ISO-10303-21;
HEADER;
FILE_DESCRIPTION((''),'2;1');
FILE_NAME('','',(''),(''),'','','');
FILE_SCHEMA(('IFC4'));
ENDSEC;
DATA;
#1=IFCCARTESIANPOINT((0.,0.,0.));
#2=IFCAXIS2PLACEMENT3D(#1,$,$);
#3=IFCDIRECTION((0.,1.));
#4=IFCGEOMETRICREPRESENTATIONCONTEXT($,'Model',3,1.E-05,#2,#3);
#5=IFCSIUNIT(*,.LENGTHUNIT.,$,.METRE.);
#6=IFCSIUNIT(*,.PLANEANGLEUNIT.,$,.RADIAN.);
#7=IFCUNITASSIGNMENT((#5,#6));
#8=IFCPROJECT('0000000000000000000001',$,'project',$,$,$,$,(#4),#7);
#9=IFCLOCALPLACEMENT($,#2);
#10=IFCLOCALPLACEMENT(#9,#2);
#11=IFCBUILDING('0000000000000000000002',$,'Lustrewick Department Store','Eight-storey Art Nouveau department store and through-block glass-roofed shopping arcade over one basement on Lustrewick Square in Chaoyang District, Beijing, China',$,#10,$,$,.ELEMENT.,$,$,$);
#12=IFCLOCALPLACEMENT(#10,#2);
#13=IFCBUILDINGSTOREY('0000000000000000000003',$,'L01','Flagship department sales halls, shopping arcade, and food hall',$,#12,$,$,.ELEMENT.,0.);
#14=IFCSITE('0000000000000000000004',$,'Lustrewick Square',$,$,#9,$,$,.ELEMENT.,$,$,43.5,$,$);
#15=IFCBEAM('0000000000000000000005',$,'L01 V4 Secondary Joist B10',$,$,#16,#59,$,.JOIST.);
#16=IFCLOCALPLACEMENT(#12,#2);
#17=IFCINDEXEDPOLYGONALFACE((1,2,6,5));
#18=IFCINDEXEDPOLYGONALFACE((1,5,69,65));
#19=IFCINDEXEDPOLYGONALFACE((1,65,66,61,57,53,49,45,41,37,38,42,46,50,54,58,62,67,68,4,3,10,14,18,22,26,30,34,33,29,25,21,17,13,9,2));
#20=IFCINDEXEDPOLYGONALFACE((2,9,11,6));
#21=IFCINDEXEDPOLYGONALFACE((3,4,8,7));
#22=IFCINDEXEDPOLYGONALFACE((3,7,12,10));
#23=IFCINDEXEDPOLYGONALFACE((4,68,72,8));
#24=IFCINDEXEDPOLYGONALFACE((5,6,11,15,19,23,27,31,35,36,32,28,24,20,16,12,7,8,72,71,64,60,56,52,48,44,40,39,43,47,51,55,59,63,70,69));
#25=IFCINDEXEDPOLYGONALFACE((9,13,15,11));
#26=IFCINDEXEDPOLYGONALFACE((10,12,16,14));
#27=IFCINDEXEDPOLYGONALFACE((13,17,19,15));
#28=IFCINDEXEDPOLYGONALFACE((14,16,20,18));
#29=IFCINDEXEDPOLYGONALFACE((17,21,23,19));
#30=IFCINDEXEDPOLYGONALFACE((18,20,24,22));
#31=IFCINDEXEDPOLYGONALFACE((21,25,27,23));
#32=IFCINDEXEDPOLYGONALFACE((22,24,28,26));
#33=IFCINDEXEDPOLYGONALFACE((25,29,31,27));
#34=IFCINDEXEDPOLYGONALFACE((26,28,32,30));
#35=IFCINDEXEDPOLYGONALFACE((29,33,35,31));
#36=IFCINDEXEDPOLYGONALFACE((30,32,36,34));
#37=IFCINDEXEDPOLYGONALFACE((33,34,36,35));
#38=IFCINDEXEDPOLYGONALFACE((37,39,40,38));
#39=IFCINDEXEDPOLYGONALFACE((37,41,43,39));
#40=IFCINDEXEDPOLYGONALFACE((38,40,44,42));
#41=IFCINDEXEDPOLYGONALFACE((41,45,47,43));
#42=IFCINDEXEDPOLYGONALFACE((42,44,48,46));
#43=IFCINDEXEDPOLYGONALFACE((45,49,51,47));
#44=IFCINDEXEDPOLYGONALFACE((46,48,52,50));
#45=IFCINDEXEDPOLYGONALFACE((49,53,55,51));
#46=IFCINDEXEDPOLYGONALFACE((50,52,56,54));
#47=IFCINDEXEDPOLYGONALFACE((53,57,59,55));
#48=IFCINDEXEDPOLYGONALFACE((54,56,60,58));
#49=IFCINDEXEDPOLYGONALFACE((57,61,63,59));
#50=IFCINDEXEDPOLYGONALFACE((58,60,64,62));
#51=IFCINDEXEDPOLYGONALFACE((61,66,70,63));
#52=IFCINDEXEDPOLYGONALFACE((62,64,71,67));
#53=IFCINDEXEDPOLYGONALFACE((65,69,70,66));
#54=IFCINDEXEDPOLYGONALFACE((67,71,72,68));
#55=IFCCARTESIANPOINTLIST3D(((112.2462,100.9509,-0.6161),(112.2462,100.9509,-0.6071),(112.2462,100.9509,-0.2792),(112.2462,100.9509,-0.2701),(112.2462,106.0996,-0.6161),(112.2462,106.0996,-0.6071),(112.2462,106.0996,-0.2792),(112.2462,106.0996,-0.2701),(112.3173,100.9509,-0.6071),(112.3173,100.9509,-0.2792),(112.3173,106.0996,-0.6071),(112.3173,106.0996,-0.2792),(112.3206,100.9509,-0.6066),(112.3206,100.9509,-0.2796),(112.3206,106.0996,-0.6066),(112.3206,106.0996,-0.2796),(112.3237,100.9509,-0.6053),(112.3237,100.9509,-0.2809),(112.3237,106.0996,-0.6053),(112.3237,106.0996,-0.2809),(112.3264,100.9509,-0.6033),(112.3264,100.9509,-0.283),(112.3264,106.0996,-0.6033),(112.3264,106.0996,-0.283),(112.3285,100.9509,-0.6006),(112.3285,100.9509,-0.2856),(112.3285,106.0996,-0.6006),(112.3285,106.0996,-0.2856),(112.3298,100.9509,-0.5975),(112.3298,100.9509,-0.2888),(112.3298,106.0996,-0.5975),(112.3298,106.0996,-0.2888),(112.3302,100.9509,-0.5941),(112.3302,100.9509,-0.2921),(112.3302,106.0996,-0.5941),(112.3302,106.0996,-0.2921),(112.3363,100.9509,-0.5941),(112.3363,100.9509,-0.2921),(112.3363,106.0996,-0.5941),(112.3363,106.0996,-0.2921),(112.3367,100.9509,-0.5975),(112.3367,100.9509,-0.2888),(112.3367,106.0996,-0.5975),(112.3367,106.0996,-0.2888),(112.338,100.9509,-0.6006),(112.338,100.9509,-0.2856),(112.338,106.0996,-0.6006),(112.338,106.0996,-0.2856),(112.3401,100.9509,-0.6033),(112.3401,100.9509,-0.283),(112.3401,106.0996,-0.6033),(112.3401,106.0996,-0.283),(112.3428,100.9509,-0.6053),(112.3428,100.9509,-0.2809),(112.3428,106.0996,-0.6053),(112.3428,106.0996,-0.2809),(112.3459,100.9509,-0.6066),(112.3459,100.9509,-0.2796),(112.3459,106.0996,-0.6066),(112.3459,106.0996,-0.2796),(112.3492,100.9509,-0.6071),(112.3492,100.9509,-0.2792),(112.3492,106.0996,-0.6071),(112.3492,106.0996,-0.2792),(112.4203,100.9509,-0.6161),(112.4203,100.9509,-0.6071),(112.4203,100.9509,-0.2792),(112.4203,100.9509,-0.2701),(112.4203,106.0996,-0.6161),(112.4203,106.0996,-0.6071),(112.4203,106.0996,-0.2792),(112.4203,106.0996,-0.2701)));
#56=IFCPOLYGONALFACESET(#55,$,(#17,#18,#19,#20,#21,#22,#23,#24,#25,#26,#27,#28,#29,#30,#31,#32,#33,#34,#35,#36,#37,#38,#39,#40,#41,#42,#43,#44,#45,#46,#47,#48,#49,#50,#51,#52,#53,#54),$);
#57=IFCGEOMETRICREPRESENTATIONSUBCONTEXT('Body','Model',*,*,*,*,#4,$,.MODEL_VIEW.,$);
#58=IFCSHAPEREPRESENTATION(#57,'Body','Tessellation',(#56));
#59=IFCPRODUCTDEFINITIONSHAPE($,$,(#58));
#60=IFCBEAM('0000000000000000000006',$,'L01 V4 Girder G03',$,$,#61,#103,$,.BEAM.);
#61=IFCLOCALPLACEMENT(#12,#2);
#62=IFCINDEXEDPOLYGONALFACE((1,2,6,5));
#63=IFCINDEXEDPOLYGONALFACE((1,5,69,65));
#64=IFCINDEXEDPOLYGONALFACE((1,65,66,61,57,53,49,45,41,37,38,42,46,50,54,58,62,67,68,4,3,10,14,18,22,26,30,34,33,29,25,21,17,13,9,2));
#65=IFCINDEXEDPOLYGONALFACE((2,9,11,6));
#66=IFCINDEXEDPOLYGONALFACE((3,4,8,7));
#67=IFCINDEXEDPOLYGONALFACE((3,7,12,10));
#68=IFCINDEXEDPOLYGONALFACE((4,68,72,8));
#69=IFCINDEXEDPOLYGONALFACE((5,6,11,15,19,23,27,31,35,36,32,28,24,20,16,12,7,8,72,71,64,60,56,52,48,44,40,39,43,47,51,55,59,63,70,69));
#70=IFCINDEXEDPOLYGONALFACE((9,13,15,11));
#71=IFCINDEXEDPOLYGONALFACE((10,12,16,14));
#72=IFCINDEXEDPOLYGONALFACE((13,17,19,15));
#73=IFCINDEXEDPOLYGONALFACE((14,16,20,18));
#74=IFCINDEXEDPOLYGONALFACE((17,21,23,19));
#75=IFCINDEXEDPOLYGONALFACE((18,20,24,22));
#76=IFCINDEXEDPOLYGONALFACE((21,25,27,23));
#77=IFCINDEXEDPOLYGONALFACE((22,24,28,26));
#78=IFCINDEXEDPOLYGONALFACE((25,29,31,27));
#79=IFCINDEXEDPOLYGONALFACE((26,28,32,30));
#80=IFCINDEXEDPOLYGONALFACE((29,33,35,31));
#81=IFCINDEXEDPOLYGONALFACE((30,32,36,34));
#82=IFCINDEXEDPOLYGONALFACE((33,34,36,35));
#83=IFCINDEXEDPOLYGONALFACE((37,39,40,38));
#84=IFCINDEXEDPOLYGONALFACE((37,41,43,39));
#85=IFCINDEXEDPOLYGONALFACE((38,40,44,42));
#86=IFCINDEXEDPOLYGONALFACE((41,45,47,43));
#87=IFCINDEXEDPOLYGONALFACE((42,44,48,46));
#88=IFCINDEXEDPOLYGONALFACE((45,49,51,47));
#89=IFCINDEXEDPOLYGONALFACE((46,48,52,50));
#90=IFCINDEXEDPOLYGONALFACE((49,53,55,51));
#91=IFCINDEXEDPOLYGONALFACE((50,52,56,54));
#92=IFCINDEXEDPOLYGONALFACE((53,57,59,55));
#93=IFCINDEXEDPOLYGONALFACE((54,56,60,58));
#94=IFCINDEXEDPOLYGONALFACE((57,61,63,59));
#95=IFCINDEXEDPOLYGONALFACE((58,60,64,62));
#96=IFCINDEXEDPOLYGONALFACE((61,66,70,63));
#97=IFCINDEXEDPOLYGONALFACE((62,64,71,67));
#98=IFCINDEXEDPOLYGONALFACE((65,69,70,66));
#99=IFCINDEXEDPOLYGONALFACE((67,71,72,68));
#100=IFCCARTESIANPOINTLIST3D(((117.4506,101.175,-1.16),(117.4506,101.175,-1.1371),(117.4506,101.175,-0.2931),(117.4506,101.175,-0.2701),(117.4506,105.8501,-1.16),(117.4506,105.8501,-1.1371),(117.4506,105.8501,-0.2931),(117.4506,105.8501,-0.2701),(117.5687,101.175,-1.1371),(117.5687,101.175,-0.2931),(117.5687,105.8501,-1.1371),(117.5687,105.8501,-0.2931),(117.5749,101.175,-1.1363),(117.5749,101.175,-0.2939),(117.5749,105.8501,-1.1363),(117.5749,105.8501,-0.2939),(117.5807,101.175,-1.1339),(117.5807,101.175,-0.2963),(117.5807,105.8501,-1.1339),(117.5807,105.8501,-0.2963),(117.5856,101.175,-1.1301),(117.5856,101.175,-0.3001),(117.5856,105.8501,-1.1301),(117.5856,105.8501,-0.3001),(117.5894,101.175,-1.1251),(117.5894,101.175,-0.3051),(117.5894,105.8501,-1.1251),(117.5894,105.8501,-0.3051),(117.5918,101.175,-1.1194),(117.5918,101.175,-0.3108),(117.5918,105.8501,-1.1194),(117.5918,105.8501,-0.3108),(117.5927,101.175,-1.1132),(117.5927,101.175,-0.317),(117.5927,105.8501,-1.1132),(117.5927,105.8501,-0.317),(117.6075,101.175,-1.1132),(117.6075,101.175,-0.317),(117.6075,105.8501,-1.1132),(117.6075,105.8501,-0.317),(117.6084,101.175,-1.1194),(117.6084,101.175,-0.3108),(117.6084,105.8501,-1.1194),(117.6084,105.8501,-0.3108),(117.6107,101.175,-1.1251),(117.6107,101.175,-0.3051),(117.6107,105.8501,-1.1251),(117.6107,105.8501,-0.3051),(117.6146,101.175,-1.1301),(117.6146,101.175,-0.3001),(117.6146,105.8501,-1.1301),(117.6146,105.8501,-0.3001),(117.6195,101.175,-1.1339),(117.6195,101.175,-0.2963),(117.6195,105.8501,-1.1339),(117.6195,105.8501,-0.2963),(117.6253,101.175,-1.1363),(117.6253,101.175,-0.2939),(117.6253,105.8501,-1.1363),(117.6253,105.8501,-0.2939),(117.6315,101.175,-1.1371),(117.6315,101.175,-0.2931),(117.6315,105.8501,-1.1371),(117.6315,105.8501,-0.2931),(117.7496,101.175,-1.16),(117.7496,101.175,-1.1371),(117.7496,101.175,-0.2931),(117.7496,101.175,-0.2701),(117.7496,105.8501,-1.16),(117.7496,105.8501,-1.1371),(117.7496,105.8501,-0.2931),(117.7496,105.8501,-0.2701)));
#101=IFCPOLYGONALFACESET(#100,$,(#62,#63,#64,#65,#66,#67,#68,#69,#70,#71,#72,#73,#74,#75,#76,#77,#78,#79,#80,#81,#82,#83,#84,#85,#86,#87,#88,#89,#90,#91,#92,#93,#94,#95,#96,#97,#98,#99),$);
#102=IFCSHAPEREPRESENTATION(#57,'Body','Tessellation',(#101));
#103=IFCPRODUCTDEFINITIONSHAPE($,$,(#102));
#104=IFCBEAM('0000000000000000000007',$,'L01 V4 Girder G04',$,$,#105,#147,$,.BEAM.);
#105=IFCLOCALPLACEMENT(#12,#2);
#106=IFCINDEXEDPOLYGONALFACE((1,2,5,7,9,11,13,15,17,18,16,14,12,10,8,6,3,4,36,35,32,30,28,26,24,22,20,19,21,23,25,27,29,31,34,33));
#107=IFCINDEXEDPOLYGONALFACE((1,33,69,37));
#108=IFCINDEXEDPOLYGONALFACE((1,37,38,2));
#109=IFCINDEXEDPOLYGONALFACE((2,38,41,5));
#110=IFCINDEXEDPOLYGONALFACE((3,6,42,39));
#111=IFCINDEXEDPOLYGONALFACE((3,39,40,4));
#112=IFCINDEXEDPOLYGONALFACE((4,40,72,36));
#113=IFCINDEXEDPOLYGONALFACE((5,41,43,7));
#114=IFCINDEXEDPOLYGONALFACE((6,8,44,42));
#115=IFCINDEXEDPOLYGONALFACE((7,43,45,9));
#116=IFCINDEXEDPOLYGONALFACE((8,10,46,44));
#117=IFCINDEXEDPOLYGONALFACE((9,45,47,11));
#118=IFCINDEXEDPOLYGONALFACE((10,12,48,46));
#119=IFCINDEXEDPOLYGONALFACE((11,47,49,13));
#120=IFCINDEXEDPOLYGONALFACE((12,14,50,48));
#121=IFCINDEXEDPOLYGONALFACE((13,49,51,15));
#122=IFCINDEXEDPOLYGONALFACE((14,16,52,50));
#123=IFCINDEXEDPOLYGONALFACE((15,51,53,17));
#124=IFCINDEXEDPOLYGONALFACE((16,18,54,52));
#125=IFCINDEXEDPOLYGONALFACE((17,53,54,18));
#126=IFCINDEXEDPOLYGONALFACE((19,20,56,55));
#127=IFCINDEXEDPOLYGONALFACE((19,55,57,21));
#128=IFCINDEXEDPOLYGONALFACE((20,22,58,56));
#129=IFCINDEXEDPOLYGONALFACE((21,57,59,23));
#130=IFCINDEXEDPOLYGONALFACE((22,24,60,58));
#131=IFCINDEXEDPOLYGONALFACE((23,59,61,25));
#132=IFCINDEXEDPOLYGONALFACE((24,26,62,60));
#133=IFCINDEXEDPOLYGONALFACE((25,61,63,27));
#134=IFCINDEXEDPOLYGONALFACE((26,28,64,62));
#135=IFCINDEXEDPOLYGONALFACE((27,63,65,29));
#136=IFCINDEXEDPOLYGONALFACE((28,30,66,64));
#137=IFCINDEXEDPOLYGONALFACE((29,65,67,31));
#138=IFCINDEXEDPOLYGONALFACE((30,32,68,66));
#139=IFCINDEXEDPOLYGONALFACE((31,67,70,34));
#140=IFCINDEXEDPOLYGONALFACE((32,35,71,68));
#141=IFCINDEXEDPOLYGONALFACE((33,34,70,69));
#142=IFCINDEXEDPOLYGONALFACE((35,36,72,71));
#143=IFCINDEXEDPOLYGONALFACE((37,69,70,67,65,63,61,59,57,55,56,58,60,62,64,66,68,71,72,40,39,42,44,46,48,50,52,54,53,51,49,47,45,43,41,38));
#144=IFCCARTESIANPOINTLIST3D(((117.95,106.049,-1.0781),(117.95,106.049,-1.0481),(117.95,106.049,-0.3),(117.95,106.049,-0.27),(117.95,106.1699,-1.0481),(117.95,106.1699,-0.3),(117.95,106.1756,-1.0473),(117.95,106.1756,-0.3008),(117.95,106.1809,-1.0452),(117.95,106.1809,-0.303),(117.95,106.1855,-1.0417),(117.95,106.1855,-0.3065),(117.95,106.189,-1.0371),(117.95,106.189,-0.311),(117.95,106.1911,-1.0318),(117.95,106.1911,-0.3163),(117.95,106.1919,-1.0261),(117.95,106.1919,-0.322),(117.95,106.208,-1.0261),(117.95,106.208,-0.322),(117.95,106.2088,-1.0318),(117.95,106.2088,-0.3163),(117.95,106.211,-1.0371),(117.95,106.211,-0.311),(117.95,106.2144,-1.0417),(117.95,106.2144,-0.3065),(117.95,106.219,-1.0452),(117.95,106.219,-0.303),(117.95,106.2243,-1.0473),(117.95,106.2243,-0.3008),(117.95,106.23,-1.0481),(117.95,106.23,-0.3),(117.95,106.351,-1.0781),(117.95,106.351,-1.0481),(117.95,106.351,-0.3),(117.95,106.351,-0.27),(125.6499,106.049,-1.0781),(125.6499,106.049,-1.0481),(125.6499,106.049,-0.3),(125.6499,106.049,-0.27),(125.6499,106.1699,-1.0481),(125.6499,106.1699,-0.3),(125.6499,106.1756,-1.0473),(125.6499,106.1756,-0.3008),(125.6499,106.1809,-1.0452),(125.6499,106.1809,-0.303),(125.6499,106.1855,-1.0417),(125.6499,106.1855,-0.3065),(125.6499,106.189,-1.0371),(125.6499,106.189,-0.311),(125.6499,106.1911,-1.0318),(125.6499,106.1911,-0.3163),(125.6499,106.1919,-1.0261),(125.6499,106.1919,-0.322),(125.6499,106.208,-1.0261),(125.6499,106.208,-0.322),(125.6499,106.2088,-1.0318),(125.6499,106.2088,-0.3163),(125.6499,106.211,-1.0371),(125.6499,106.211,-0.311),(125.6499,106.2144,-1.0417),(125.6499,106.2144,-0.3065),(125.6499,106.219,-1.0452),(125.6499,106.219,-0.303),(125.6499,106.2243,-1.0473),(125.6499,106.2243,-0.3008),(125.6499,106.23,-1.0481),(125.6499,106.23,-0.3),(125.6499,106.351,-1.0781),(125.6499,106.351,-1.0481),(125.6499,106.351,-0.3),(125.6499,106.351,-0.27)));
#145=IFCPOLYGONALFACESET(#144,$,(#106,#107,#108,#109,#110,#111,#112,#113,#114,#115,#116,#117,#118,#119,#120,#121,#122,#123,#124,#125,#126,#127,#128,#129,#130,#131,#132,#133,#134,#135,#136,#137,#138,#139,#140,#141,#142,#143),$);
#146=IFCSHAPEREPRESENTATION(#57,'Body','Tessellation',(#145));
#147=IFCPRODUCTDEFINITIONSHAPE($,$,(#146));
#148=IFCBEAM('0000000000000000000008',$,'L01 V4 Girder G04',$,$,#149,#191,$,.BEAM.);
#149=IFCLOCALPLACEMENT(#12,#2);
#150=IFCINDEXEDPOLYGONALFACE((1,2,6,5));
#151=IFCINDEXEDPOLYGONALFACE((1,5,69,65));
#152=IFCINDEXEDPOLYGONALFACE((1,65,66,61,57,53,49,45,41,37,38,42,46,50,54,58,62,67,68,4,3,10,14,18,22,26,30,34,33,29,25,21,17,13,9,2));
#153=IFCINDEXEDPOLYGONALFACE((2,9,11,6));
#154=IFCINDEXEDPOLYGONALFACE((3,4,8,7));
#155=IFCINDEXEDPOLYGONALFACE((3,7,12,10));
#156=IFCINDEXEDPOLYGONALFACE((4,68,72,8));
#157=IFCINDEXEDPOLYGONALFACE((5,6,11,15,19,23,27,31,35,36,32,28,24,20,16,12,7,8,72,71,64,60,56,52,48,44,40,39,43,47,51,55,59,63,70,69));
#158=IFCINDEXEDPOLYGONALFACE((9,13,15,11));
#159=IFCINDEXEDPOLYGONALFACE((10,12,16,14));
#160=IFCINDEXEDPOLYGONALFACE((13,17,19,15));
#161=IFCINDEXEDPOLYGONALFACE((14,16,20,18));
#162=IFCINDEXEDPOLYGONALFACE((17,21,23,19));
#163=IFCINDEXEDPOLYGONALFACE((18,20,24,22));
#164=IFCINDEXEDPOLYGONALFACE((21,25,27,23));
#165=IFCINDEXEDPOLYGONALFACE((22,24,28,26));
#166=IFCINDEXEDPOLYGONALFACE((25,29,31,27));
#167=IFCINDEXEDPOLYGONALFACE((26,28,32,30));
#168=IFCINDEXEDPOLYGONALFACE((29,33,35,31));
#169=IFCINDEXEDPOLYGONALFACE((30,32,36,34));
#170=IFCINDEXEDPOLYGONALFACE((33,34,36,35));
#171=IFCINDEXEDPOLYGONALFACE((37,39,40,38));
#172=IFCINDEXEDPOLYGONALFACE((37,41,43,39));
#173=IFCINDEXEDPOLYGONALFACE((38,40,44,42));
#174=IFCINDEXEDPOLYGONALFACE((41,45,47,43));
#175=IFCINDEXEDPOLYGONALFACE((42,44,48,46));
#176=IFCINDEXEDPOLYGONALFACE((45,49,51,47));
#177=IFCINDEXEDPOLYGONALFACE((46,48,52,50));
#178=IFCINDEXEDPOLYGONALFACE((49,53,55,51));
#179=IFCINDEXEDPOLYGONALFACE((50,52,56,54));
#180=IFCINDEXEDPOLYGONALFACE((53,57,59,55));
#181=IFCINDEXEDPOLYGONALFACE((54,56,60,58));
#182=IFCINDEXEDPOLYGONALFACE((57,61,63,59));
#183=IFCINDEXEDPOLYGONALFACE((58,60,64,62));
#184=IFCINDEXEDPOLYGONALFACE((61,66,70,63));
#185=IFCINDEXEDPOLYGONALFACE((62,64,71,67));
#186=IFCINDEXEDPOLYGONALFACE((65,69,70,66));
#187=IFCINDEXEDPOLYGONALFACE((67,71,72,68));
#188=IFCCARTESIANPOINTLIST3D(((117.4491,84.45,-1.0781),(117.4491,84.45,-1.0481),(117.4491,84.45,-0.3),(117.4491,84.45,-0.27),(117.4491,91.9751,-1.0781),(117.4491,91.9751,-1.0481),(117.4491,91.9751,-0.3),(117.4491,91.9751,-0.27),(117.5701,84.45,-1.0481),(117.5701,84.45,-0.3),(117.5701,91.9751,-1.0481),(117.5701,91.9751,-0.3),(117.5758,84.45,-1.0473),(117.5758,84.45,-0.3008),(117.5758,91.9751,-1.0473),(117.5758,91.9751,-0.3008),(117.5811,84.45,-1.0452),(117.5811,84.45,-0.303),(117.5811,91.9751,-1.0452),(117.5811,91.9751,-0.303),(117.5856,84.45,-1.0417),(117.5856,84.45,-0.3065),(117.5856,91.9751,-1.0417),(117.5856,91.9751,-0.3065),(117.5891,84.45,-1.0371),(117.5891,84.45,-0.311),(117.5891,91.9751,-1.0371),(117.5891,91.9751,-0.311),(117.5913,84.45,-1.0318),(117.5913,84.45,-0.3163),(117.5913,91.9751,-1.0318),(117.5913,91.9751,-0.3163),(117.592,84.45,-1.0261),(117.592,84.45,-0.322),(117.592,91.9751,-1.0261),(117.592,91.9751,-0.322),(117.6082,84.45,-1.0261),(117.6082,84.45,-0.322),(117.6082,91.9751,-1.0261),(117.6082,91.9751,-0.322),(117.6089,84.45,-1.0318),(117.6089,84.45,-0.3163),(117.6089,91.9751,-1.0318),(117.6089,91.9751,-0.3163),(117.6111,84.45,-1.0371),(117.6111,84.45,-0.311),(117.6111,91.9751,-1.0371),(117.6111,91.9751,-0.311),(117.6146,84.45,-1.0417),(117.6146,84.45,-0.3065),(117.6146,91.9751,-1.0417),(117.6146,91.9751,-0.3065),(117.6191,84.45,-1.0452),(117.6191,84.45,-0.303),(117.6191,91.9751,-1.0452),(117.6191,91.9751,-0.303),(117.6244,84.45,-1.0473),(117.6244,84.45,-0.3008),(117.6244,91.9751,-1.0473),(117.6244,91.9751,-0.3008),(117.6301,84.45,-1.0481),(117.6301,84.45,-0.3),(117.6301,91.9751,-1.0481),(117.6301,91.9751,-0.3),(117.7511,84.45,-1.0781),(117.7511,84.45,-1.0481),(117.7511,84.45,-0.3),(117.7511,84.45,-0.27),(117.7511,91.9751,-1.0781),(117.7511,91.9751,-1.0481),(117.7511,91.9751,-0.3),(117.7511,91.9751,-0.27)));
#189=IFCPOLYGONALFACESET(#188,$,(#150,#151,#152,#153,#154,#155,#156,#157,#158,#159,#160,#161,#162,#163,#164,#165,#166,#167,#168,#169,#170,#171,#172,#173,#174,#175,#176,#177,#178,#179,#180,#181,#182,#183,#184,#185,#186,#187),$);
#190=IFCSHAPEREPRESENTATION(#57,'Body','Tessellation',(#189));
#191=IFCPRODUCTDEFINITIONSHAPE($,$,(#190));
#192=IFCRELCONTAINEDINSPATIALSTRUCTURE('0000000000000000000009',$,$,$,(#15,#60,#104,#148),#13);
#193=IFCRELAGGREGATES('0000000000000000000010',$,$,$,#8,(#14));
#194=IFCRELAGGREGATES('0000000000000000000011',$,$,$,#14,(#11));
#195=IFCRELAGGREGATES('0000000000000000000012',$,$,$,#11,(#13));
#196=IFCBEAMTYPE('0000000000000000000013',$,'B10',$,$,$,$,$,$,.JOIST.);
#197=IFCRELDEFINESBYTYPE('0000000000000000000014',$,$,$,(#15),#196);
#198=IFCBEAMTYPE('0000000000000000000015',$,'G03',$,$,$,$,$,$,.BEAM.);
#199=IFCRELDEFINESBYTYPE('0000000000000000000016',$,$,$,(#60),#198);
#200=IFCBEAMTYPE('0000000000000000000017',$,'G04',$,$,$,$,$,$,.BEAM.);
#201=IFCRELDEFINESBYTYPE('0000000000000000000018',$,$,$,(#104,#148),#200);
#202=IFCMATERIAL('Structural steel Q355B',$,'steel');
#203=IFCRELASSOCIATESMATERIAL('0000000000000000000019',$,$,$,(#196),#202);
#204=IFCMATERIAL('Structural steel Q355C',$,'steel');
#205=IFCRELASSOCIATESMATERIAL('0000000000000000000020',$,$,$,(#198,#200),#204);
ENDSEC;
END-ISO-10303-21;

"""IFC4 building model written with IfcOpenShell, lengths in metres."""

from ifc_helpers import new_model, si_unit, direction, frame, origin, origin_2d, place, context, subcontext, project, spatial, i_section, extrude, material, material_profile, profile_set, type_object, element, save


model = new_model("IFC4")

# Units and contexts
model_context = context("Model", 3, precision=1e-05, world=origin(), true_north=direction((0.0, 1.0)))
body_context = subcontext(model_context, "Body", "Model", "MODEL_VIEW")
ifc_project = project(units=[si_unit("LENGTHUNIT", "METRE"), si_unit("PLANEANGLEUNIT", "RADIAN")], contexts=[model_context])

# Site, building, storey
site_placement = place(None, origin())
site = spatial("IfcSite", under=ifc_project, at=site_placement, Name="Lustrewick Square", CompositionType="ELEMENT", RefElevation=43.5)
building_placement = place(site_placement, origin())
building = spatial("IfcBuilding", under=site, at=building_placement, Name="Lustrewick Department Store", Description="Eight-storey Art Nouveau department store and through-block glass-roofed shopping arcade over one basement on Lustrewick Square in Chaoyang District, Beijing, China", CompositionType="ELEMENT")
storey_placement = place(building_placement, origin())
storey = spatial("IfcBuildingStorey", under=building, at=storey_placement, Name="L01", Description="Flagship department sales halls, shopping arcade, and food hall", CompositionType="ELEMENT", Elevation=0.0)

# Shared definitions
ifc_material_1 = material(Name="Structural steel Q355C", Category="steel")
ifc_material_2 = material(Name="Structural steel Q355B", Category="steel")

# Beams
ifc_material_profile_1 = material_profile(ifc_material_2, i_section(OverallWidth=0.1741, OverallDepth=0.3459, WebThickness=0.0061, FlangeThickness=0.009, FilletRadius=0.0129, at=origin_2d()), Name="HN 346x174x6x9")
ifc_profile_set_1 = profile_set([ifc_material_profile_1], Name="Structural steel Q355B")
beam_type_1 = type_object("IfcBeamType", Name="B10", PredefinedType="JOIST", material=ifc_profile_set_1)
beam_1_placement = place(storey_placement, frame((112.3333, 100.9509, -0.4431), z_axis=(0.0, 1.0, 0.0), x_axis=(-1.0, 0.0, 0.0)))
element("IfcBeam", 1, at=beam_1_placement, inside=storey, type_object=beam_type_1, Name="L01 V4 Secondary Joist B10", PredefinedType="JOIST", context=body_context, shape_type="SweptSolid", body=[
    extrude(i_section(OverallWidth=0.1741, OverallDepth=0.3459, WebThickness=0.0061, FlangeThickness=0.009, FilletRadius=0.0129, at=origin_2d()), origin(), (0.0, 0.0, 1.0), 5.1487),
])
ifc_material_profile_2 = material_profile(ifc_material_1, i_section(OverallWidth=0.2991, OverallDepth=0.8899, WebThickness=0.0149, FlangeThickness=0.0229, FilletRadius=0.0239, at=origin_2d()), Name="HN 890x299x15x23")
ifc_profile_set_2 = profile_set([ifc_material_profile_2], Name="Structural steel Q355C")
beam_type_2 = type_object("IfcBeamType", Name="G03", PredefinedType="BEAM", material=ifc_profile_set_2)
beam_2_placement = place(storey_placement, frame((117.6001, 101.175, -0.7151), z_axis=(0.0, 1.0, 0.0), x_axis=(-1.0, 0.0, 0.0)))
element("IfcBeam", 2, at=beam_2_placement, inside=storey, type_object=beam_type_2, Name="L01 V4 Girder G03", PredefinedType="BEAM", context=body_context, shape_type="SweptSolid", body=[
    extrude(i_section(OverallWidth=0.2991, OverallDepth=0.8899, WebThickness=0.0149, FlangeThickness=0.0229, FilletRadius=0.0239, at=origin_2d()), origin(), (0.0, 0.0, 1.0), 4.675),
])
ifc_material_profile_3 = material_profile(ifc_material_1, i_section(OverallWidth=0.302, OverallDepth=0.8081, WebThickness=0.0161, FlangeThickness=0.03, FilletRadius=0.022, at=origin_2d()), Name="HN 808x302x16x30")
ifc_profile_set_3 = profile_set([ifc_material_profile_3], Name="Structural steel Q355C")
beam_type_3 = type_object("IfcBeamType", Name="G04", PredefinedType="BEAM", material=ifc_profile_set_3)
beam_3_placement = place(storey_placement, frame((117.95, 106.2, -0.6741), z_axis=(1.0, 0.0, 0.0), x_axis=(0.0, 1.0, 0.0)))
element("IfcBeam", 3, at=beam_3_placement, inside=storey, type_object=beam_type_3, Name="L01 V4 Girder G04", PredefinedType="BEAM", context=body_context, shape_type="SweptSolid", body=[
    extrude(i_section(OverallWidth=0.302, OverallDepth=0.8081, WebThickness=0.0161, FlangeThickness=0.03, FilletRadius=0.022, at=origin_2d()), origin(), (0.0, 0.0, 1.0), 7.7),
])
beam_4_placement = place(storey_placement, frame((117.6001, 84.45, -0.6741), z_axis=(0.0, 1.0, 0.0), x_axis=(-1.0, 0.0, 0.0)))
element("IfcBeam", 4, at=beam_4_placement, inside=storey, type_object=beam_type_3, Name="L01 V4 Girder G04", PredefinedType="BEAM", context=body_context, shape_type="SweptSolid", body=[
    extrude(i_section(OverallWidth=0.302, OverallDepth=0.8081, WebThickness=0.0161, FlangeThickness=0.03, FilletRadius=0.022, at=origin_2d()), origin(), (0.0, 0.0, 1.0), 7.5251),
])

save(model, "model.ifc")
